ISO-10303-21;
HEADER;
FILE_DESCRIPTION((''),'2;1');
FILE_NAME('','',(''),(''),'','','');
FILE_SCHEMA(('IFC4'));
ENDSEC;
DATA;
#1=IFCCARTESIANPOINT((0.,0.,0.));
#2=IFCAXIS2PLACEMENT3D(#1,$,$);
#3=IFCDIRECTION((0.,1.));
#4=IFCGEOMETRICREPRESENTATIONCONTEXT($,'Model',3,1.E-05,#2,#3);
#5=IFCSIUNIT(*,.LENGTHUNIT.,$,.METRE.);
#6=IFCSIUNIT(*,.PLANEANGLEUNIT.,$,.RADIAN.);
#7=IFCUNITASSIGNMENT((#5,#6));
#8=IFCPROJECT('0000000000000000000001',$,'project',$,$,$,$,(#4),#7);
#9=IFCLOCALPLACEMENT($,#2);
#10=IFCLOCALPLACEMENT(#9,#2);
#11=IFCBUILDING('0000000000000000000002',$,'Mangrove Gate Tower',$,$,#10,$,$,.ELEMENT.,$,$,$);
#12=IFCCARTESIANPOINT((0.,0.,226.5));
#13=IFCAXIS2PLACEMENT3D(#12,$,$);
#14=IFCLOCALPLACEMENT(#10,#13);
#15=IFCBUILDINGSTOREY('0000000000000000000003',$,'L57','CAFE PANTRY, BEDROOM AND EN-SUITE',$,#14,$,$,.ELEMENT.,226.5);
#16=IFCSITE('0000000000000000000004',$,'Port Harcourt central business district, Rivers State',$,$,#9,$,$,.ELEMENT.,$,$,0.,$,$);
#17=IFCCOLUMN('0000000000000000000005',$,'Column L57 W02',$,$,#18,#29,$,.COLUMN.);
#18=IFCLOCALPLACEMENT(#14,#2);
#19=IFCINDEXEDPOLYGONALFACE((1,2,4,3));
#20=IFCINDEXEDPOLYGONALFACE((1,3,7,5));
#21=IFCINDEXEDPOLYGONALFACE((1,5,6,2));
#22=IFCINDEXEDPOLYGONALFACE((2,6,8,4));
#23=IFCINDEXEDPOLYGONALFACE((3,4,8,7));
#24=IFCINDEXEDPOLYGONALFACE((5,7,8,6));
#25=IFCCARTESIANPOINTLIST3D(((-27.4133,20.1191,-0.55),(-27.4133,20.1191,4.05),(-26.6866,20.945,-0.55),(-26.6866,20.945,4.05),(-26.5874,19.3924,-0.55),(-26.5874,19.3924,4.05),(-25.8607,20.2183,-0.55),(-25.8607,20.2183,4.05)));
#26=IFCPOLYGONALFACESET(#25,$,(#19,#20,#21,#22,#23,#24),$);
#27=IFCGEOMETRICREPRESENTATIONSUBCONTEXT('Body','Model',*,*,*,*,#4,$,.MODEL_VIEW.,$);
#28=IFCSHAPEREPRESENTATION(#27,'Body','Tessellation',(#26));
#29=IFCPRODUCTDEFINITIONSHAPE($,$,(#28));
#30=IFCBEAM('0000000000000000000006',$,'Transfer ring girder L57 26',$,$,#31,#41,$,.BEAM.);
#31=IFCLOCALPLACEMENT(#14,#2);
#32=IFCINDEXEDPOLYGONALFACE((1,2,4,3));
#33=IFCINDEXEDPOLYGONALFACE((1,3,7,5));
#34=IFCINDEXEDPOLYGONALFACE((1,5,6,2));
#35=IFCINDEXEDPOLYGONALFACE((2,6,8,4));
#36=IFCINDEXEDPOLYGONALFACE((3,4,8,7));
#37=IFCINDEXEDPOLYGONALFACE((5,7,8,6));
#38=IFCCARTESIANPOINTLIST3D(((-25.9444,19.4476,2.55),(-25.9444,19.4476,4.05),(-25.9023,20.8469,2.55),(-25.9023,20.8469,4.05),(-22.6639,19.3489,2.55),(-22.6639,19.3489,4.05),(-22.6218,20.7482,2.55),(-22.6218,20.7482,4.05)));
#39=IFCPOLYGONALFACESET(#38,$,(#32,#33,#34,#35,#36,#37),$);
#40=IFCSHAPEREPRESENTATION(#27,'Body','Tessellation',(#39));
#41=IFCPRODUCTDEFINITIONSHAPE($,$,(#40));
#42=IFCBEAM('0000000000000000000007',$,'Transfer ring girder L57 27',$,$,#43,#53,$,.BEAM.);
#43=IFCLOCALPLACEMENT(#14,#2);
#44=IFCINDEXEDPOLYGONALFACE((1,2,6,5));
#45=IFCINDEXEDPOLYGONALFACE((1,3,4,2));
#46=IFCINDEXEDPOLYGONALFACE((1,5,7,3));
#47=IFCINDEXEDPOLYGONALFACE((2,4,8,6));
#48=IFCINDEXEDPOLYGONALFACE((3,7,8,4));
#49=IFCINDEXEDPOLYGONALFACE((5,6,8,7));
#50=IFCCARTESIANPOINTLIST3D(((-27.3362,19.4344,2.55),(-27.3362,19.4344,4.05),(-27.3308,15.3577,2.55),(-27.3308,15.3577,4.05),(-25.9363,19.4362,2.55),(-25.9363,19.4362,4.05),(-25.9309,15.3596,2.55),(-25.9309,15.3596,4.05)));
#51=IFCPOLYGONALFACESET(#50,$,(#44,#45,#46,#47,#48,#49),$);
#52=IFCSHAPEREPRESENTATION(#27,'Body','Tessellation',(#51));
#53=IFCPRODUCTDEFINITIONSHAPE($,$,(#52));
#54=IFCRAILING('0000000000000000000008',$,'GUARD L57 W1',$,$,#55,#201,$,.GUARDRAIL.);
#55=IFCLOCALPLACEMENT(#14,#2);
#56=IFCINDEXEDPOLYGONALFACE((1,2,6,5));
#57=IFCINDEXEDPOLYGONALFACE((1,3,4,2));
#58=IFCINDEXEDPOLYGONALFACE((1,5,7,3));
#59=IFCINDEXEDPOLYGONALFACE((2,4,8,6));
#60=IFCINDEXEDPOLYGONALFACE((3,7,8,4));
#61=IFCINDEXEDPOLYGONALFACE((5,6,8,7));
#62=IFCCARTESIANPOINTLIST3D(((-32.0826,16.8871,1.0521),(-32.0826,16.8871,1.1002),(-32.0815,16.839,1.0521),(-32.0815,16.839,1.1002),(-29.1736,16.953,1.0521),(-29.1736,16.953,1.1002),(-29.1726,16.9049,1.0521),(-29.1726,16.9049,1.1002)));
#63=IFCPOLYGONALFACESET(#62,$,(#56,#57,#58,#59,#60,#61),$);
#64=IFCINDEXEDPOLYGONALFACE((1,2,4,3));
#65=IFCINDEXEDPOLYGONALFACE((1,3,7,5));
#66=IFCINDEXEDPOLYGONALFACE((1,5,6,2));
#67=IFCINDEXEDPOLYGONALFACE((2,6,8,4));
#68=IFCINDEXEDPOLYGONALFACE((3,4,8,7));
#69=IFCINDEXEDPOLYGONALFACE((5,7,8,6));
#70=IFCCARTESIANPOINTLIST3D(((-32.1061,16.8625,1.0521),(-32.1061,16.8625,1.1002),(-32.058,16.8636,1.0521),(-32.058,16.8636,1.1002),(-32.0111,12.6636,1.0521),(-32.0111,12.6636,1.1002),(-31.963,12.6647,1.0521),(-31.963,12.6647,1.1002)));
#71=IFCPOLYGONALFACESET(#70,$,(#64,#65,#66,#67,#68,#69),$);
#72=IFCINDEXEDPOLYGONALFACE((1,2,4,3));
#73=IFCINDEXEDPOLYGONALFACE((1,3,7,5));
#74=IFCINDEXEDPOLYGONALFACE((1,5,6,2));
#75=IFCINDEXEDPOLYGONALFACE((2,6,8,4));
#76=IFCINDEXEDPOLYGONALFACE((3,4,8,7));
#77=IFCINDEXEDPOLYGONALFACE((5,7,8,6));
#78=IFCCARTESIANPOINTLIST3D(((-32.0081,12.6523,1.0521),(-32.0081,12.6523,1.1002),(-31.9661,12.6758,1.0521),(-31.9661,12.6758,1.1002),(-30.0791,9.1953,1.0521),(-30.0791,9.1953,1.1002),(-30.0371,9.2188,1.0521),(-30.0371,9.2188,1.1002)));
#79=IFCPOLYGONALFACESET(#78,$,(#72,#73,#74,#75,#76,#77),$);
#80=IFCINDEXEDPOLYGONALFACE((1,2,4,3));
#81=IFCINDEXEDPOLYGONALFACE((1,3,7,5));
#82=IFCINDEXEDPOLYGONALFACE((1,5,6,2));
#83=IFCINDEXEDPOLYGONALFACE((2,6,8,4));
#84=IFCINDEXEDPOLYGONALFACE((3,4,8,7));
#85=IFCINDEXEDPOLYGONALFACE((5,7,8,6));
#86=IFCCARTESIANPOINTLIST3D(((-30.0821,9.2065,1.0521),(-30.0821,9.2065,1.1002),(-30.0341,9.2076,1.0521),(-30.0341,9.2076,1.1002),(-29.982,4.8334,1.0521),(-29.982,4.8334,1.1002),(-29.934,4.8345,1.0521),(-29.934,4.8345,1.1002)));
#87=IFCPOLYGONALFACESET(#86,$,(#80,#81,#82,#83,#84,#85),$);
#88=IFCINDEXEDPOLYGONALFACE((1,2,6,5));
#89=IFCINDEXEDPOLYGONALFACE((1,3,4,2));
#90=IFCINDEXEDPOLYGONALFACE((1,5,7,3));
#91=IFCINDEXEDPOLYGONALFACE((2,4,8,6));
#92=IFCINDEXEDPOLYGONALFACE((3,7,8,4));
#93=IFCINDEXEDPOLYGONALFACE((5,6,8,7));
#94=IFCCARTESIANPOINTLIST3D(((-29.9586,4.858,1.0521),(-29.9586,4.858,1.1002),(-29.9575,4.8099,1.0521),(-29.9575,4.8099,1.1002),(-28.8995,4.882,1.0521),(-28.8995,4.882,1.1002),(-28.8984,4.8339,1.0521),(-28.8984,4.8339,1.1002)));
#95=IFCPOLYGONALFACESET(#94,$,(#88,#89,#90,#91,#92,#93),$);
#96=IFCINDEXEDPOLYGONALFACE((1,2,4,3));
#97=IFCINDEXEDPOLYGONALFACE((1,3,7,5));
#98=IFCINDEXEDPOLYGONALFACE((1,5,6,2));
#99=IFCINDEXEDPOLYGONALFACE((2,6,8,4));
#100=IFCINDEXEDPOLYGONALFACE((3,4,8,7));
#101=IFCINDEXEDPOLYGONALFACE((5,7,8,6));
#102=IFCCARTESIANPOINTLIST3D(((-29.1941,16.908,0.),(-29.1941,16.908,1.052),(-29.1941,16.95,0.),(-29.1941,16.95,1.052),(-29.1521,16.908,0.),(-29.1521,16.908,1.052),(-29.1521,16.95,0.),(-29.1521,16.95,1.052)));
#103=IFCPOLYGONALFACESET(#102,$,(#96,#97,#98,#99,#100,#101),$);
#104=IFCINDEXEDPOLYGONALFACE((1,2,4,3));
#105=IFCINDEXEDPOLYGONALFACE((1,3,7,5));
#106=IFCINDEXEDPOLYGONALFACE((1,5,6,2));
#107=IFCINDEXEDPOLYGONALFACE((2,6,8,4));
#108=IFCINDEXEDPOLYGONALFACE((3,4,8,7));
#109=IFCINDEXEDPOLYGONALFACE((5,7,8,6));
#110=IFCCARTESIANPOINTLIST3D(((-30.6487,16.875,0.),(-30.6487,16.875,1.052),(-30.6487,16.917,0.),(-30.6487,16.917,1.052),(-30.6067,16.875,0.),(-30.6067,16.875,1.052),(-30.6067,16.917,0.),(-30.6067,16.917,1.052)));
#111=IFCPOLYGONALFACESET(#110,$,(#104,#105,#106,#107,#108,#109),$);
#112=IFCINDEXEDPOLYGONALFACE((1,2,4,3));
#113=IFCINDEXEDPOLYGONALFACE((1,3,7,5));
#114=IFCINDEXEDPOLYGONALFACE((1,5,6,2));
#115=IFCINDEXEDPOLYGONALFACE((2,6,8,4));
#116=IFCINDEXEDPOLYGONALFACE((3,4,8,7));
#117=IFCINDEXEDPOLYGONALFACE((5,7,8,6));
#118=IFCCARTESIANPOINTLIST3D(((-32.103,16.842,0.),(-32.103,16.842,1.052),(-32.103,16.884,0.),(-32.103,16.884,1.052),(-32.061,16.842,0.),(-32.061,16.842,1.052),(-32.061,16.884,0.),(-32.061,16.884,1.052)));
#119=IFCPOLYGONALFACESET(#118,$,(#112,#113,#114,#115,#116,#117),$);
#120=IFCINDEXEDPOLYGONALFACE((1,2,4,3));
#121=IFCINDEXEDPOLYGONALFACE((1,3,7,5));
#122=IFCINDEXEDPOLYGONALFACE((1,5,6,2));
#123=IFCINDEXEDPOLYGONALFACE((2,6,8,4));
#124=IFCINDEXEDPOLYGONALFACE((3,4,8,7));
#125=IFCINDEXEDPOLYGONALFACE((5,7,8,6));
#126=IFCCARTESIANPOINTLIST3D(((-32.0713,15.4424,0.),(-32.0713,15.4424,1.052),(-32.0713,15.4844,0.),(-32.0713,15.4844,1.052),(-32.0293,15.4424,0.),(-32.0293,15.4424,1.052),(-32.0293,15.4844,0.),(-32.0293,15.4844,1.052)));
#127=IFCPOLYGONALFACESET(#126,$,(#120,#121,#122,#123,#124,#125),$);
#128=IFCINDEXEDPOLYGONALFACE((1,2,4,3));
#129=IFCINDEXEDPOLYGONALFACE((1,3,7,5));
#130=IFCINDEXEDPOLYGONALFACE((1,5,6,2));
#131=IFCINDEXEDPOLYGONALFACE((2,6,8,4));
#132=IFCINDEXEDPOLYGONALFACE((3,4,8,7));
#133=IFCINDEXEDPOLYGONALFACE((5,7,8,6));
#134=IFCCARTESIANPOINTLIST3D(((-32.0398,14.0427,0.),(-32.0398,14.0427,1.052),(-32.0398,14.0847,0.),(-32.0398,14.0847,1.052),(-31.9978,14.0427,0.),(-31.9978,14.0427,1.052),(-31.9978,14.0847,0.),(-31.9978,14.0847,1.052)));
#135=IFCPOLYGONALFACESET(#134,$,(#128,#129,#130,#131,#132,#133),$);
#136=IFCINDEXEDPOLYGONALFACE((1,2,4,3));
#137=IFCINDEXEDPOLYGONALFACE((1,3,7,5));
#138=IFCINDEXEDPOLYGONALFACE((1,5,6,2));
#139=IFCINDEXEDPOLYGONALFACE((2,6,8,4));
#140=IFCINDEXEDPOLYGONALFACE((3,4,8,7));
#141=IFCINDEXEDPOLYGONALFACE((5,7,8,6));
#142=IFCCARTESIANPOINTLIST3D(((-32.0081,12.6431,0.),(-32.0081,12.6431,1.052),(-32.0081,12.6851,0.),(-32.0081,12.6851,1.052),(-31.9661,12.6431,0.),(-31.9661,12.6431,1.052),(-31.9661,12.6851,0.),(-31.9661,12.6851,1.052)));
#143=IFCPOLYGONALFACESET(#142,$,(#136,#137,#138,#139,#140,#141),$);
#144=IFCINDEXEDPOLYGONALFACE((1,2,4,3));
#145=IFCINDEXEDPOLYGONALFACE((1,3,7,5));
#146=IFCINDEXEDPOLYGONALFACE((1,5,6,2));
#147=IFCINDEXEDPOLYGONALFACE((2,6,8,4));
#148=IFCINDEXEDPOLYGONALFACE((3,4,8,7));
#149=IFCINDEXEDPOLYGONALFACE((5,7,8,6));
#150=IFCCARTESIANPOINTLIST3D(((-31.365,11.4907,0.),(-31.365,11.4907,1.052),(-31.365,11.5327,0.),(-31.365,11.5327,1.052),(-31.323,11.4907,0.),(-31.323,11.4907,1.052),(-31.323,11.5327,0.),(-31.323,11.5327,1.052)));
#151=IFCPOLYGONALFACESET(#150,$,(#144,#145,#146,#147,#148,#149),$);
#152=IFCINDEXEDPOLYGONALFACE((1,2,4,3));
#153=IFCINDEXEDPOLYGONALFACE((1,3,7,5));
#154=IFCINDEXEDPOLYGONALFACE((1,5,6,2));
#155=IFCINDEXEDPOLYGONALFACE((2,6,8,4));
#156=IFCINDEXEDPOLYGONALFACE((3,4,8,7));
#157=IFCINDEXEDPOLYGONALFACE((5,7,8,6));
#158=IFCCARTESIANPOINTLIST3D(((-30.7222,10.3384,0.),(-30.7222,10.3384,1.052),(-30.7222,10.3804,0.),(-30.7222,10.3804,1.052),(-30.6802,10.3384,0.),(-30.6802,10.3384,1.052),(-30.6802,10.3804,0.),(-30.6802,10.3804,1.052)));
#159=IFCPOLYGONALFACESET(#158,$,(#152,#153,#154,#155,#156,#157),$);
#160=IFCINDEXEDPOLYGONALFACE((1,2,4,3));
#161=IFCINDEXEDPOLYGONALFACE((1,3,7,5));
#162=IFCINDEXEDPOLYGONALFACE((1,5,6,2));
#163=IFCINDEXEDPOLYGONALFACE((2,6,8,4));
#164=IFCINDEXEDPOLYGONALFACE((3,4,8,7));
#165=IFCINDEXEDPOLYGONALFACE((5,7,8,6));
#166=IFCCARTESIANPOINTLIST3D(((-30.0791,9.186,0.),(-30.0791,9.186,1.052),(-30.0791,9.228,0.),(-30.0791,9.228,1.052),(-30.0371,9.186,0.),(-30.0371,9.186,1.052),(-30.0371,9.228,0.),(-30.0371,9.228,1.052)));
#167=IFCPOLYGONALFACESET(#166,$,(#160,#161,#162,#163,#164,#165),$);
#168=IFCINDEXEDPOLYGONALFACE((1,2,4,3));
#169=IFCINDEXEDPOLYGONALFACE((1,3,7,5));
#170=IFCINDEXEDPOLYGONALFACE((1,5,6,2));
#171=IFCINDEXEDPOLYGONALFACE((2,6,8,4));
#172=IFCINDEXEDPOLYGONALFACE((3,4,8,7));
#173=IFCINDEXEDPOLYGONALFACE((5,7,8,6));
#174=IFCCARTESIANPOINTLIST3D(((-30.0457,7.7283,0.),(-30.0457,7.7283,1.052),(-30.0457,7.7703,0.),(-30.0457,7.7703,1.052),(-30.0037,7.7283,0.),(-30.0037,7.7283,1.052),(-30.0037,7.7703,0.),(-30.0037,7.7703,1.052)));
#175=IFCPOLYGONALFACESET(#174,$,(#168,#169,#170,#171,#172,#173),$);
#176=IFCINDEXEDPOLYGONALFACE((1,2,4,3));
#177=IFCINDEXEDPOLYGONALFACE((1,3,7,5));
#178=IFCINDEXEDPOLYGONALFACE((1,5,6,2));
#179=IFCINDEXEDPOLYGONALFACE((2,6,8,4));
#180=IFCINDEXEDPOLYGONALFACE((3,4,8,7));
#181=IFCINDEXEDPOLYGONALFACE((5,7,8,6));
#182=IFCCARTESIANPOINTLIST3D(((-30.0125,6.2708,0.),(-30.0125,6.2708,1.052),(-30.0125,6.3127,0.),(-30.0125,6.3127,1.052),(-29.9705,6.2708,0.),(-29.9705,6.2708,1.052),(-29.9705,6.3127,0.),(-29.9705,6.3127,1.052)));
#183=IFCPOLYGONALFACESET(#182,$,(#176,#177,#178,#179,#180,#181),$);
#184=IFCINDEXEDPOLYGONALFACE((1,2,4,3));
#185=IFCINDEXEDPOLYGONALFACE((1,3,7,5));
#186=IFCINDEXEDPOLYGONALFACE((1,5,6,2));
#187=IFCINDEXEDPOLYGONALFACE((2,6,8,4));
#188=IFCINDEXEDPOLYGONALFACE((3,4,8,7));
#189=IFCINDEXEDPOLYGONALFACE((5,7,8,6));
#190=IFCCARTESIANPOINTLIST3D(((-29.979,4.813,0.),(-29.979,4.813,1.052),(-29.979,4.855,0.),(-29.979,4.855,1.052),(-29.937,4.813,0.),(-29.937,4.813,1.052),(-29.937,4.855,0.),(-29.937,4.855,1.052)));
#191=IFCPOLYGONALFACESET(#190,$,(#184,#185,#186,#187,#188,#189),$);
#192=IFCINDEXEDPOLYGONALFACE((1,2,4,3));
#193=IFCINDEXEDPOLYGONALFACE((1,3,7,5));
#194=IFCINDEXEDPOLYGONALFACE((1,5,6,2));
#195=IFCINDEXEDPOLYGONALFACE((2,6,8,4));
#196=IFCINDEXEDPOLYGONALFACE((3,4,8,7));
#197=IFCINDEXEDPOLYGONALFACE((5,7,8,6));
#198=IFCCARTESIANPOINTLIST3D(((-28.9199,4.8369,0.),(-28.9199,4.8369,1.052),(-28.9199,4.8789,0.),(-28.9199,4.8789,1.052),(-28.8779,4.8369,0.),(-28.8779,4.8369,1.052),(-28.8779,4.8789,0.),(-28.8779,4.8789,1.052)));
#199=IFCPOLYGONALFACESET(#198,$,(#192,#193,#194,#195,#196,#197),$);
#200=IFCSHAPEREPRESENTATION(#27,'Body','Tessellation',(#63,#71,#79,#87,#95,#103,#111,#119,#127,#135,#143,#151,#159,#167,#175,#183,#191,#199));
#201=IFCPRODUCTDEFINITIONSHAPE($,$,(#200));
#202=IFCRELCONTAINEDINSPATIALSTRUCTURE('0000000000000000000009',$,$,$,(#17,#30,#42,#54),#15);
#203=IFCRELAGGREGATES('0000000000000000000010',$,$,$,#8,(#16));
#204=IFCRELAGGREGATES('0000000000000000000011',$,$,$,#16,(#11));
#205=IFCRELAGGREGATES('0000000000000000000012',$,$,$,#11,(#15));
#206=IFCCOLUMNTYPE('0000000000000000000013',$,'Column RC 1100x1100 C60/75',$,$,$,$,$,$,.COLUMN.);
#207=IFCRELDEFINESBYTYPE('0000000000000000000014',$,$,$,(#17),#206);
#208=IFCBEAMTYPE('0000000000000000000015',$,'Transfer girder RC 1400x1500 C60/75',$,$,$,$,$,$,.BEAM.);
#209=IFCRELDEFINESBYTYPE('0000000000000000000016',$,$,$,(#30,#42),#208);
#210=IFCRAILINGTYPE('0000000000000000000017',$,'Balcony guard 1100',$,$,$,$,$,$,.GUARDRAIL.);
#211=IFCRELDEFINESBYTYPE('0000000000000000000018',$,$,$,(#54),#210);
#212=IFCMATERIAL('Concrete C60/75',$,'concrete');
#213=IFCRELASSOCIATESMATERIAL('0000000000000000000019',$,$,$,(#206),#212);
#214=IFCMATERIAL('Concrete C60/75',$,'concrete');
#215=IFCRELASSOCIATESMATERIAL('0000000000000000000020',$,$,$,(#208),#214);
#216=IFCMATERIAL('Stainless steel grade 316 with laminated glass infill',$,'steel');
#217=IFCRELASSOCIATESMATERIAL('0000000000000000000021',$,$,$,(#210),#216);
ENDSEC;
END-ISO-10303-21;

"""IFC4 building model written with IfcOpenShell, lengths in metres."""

from ifc_helpers import new_model, si_unit, direction, frame, origin, origin_2d, place, context, subcontext, project, spatial, rectangle, extrude, material, material_profile, profile_set, type_object, element, save


model = new_model("IFC4")

# Units and contexts
model_context = context("Model", 3, precision=1e-05, world=origin(), true_north=direction((0.0, 1.0)))
body_context = subcontext(model_context, "Body", "Model", "MODEL_VIEW")
ifc_project = project(units=[si_unit("LENGTHUNIT", "METRE"), si_unit("PLANEANGLEUNIT", "RADIAN")], contexts=[model_context])

# Site, building, storey
site_placement = place(None, origin())
site = spatial("IfcSite", under=ifc_project, at=site_placement, Name="Port Harcourt central business district, Rivers State", CompositionType="ELEMENT", RefElevation=0.0)
building_placement = place(site_placement, origin())
building = spatial("IfcBuilding", under=site, at=building_placement, Name="Mangrove Gate Tower", CompositionType="ELEMENT")
storey_placement = place(building_placement, frame((0.0, 0.0, 226.5)))
storey = spatial("IfcBuildingStorey", under=building, at=storey_placement, Name="L57", Description="CAFE PANTRY, BEDROOM AND EN-SUITE", CompositionType="ELEMENT", Elevation=226.5)

# Column
ifc_material_1 = material(Name="Concrete C60/75", Category="concrete")
ifc_material_profile_1 = material_profile(ifc_material_1, rectangle(XDim=1.1001, YDim=1.1001, at=origin_2d()))
ifc_profile_set_1 = profile_set([ifc_material_profile_1], Name="Concrete C60/75")
column_type = type_object("IfcColumnType", Name="Column RC 1100x1100 C60/75", PredefinedType="COLUMN", material=ifc_profile_set_1)
column_placement = place(storey_placement, frame((-26.637, 20.1687, -0.55), z_axis=(0.0, 0.0, 1.0), x_axis=(-0.66057, -0.750764, 0.0)))
element("IfcColumn", 1, at=column_placement, inside=storey, type_object=column_type, Name="Column L57 W02", PredefinedType="COLUMN", context=body_context, shape_type="SweptSolid", body=[
    extrude(rectangle(XDim=1.1001, YDim=1.1001, at=origin_2d()), origin(), (0.0, 0.0, 1.0), 4.6001),
])

# Beams
ifc_material_2 = material(Name="Concrete C60/75", Category="concrete")
ifc_material_profile_2 = material_profile(ifc_material_2, rectangle(XDim=1.3999, YDim=1.5, at=origin_2d()))
ifc_profile_set_2 = profile_set([ifc_material_profile_2], Name="Concrete C60/75")
beam_type = type_object("IfcBeamType", Name="Transfer girder RC 1400x1500 C60/75", PredefinedType="BEAM", material=ifc_profile_set_2)
beam_1_placement = place(storey_placement, frame((-22.6428, 20.0486, 3.3), z_axis=(-0.999548, 0.030053, 0.0), x_axis=(-0.030053, -0.999548, 0.0)))
element("IfcBeam", 2, at=beam_1_placement, inside=storey, type_object=beam_type, Name="Transfer ring girder L57 26", PredefinedType="BEAM", context=body_context, shape_type="SweptSolid", body=[
    extrude(rectangle(XDim=1.3999, YDim=1.5, at=origin_2d()), origin(), (0.0, 0.0, 1.0), 3.282),
])
beam_2_placement = place(storey_placement, frame((-26.6362, 19.4353, 3.3), z_axis=(0.001318, -0.999999, 0.0), x_axis=(0.999999, 0.001318, 0.0)))
element("IfcBeam", 3, at=beam_2_placement, inside=storey, type_object=beam_type, Name="Transfer ring girder L57 27", PredefinedType="BEAM", context=body_context, shape_type="SweptSolid", body=[
    extrude(rectangle(XDim=1.3999, YDim=1.5, at=origin_2d()), origin(), (0.0, 0.0, 1.0), 4.0767),
])

# Railing
ifc_material_3 = material(Name="Stainless steel grade 316 with laminated glass infill", Category="steel")
railing_type = type_object("IfcRailingType", Name="Balcony guard 1100", PredefinedType="GUARDRAIL", material=ifc_material_3)
railing_1_placement = place(storey_placement, frame((-29.1731, 16.929, 0.0)))
element("IfcRailing", 4, at=railing_1_placement, inside=storey, type_object=railing_type, Name="GUARD L57 W1", PredefinedType="GUARDRAIL", context=body_context, shape_type="SweptSolid", body=[
    extrude(rectangle(XDim=0.0481, YDim=0.0481, at=origin_2d()), frame((0.0, 0.0, 1.0762), z_axis=(-0.999743, -0.022655, 0.0), x_axis=(0.022655, -0.999743, 0.0)), (0.0, 0.0, 1.0), 2.9097),
    extrude(rectangle(XDim=0.0481, YDim=0.0481, at=origin_2d()), frame((-2.9089, -0.0659, 1.0762), z_axis=(0.022612, -0.999744, 0.0), x_axis=(0.999744, 0.022612, 0.0)), (0.0, 0.0, 1.0), 4.2),
    extrude(rectangle(XDim=0.0481, YDim=0.0481, at=origin_2d()), frame((-2.814, -4.2649, 1.0762), z_axis=(0.48726, -0.873257, 0.0), x_axis=(0.873257, 0.48726, 0.0)), (0.0, 0.0, 1.0), 3.9587),
    extrude(rectangle(XDim=0.0481, YDim=0.0481, at=origin_2d()), frame((-0.885, -7.7219, 1.0762), z_axis=(0.022884, -0.999738, 0.0), x_axis=(0.999738, 0.022884, 0.0)), (0.0, 0.0, 1.0), 4.3743),
    extrude(rectangle(XDim=0.0481, YDim=0.0481, at=origin_2d()), frame((-0.7849, -12.095, 1.0762), z_axis=(0.999745, 0.022585, 0.0), x_axis=(-0.022585, 0.999745, 0.0)), (0.0, 0.0, 1.0), 1.0593),
    extrude(rectangle(XDim=0.042, YDim=0.042, at=origin_2d()), origin(), (0.0, 0.0, 1.0), 1.052),
    extrude(rectangle(XDim=0.042, YDim=0.042, at=origin_2d()), frame((-1.4546, -0.033, 0.0)), (0.0, 0.0, 1.0), 1.052),
    extrude(rectangle(XDim=0.042, YDim=0.042, at=origin_2d()), frame((-2.9089, -0.0659, 0.0)), (0.0, 0.0, 1.0), 1.052),
    extrude(rectangle(XDim=0.042, YDim=0.042, at=origin_2d()), frame((-2.8772, -1.4656, 0.0)), (0.0, 0.0, 1.0), 1.052),
    extrude(rectangle(XDim=0.042, YDim=0.042, at=origin_2d()), frame((-2.8457, -2.8652, 0.0)), (0.0, 0.0, 1.0), 1.052),
    extrude(rectangle(XDim=0.042, YDim=0.042, at=origin_2d()), frame((-2.814, -4.2649, 0.0)), (0.0, 0.0, 1.0), 1.052),
    extrude(rectangle(XDim=0.042, YDim=0.042, at=origin_2d()), frame((-2.1709, -5.4172, 0.0)), (0.0, 0.0, 1.0), 1.052),
    extrude(rectangle(XDim=0.042, YDim=0.042, at=origin_2d()), frame((-1.5281, -6.5696, 0.0)), (0.0, 0.0, 1.0), 1.052),
    extrude(rectangle(XDim=0.042, YDim=0.042, at=origin_2d()), frame((-0.885, -7.7219, 0.0)), (0.0, 0.0, 1.0), 1.052),
    extrude(rectangle(XDim=0.042, YDim=0.042, at=origin_2d()), frame((-0.8516, -9.1797, 0.0)), (0.0, 0.0, 1.0), 1.052),
    extrude(rectangle(XDim=0.042, YDim=0.042, at=origin_2d()), frame((-0.8184, -10.6372, 0.0)), (0.0, 0.0, 1.0), 1.052),
    extrude(rectangle(XDim=0.042, YDim=0.042, at=origin_2d()), frame((-0.7849, -12.095, 0.0)), (0.0, 0.0, 1.0), 1.052),
    extrude(rectangle(XDim=0.042, YDim=0.042, at=origin_2d()), frame((0.2742, -12.071, 0.0)), (0.0, 0.0, 1.0), 1.052),
])

save(model, "model.ifc")
